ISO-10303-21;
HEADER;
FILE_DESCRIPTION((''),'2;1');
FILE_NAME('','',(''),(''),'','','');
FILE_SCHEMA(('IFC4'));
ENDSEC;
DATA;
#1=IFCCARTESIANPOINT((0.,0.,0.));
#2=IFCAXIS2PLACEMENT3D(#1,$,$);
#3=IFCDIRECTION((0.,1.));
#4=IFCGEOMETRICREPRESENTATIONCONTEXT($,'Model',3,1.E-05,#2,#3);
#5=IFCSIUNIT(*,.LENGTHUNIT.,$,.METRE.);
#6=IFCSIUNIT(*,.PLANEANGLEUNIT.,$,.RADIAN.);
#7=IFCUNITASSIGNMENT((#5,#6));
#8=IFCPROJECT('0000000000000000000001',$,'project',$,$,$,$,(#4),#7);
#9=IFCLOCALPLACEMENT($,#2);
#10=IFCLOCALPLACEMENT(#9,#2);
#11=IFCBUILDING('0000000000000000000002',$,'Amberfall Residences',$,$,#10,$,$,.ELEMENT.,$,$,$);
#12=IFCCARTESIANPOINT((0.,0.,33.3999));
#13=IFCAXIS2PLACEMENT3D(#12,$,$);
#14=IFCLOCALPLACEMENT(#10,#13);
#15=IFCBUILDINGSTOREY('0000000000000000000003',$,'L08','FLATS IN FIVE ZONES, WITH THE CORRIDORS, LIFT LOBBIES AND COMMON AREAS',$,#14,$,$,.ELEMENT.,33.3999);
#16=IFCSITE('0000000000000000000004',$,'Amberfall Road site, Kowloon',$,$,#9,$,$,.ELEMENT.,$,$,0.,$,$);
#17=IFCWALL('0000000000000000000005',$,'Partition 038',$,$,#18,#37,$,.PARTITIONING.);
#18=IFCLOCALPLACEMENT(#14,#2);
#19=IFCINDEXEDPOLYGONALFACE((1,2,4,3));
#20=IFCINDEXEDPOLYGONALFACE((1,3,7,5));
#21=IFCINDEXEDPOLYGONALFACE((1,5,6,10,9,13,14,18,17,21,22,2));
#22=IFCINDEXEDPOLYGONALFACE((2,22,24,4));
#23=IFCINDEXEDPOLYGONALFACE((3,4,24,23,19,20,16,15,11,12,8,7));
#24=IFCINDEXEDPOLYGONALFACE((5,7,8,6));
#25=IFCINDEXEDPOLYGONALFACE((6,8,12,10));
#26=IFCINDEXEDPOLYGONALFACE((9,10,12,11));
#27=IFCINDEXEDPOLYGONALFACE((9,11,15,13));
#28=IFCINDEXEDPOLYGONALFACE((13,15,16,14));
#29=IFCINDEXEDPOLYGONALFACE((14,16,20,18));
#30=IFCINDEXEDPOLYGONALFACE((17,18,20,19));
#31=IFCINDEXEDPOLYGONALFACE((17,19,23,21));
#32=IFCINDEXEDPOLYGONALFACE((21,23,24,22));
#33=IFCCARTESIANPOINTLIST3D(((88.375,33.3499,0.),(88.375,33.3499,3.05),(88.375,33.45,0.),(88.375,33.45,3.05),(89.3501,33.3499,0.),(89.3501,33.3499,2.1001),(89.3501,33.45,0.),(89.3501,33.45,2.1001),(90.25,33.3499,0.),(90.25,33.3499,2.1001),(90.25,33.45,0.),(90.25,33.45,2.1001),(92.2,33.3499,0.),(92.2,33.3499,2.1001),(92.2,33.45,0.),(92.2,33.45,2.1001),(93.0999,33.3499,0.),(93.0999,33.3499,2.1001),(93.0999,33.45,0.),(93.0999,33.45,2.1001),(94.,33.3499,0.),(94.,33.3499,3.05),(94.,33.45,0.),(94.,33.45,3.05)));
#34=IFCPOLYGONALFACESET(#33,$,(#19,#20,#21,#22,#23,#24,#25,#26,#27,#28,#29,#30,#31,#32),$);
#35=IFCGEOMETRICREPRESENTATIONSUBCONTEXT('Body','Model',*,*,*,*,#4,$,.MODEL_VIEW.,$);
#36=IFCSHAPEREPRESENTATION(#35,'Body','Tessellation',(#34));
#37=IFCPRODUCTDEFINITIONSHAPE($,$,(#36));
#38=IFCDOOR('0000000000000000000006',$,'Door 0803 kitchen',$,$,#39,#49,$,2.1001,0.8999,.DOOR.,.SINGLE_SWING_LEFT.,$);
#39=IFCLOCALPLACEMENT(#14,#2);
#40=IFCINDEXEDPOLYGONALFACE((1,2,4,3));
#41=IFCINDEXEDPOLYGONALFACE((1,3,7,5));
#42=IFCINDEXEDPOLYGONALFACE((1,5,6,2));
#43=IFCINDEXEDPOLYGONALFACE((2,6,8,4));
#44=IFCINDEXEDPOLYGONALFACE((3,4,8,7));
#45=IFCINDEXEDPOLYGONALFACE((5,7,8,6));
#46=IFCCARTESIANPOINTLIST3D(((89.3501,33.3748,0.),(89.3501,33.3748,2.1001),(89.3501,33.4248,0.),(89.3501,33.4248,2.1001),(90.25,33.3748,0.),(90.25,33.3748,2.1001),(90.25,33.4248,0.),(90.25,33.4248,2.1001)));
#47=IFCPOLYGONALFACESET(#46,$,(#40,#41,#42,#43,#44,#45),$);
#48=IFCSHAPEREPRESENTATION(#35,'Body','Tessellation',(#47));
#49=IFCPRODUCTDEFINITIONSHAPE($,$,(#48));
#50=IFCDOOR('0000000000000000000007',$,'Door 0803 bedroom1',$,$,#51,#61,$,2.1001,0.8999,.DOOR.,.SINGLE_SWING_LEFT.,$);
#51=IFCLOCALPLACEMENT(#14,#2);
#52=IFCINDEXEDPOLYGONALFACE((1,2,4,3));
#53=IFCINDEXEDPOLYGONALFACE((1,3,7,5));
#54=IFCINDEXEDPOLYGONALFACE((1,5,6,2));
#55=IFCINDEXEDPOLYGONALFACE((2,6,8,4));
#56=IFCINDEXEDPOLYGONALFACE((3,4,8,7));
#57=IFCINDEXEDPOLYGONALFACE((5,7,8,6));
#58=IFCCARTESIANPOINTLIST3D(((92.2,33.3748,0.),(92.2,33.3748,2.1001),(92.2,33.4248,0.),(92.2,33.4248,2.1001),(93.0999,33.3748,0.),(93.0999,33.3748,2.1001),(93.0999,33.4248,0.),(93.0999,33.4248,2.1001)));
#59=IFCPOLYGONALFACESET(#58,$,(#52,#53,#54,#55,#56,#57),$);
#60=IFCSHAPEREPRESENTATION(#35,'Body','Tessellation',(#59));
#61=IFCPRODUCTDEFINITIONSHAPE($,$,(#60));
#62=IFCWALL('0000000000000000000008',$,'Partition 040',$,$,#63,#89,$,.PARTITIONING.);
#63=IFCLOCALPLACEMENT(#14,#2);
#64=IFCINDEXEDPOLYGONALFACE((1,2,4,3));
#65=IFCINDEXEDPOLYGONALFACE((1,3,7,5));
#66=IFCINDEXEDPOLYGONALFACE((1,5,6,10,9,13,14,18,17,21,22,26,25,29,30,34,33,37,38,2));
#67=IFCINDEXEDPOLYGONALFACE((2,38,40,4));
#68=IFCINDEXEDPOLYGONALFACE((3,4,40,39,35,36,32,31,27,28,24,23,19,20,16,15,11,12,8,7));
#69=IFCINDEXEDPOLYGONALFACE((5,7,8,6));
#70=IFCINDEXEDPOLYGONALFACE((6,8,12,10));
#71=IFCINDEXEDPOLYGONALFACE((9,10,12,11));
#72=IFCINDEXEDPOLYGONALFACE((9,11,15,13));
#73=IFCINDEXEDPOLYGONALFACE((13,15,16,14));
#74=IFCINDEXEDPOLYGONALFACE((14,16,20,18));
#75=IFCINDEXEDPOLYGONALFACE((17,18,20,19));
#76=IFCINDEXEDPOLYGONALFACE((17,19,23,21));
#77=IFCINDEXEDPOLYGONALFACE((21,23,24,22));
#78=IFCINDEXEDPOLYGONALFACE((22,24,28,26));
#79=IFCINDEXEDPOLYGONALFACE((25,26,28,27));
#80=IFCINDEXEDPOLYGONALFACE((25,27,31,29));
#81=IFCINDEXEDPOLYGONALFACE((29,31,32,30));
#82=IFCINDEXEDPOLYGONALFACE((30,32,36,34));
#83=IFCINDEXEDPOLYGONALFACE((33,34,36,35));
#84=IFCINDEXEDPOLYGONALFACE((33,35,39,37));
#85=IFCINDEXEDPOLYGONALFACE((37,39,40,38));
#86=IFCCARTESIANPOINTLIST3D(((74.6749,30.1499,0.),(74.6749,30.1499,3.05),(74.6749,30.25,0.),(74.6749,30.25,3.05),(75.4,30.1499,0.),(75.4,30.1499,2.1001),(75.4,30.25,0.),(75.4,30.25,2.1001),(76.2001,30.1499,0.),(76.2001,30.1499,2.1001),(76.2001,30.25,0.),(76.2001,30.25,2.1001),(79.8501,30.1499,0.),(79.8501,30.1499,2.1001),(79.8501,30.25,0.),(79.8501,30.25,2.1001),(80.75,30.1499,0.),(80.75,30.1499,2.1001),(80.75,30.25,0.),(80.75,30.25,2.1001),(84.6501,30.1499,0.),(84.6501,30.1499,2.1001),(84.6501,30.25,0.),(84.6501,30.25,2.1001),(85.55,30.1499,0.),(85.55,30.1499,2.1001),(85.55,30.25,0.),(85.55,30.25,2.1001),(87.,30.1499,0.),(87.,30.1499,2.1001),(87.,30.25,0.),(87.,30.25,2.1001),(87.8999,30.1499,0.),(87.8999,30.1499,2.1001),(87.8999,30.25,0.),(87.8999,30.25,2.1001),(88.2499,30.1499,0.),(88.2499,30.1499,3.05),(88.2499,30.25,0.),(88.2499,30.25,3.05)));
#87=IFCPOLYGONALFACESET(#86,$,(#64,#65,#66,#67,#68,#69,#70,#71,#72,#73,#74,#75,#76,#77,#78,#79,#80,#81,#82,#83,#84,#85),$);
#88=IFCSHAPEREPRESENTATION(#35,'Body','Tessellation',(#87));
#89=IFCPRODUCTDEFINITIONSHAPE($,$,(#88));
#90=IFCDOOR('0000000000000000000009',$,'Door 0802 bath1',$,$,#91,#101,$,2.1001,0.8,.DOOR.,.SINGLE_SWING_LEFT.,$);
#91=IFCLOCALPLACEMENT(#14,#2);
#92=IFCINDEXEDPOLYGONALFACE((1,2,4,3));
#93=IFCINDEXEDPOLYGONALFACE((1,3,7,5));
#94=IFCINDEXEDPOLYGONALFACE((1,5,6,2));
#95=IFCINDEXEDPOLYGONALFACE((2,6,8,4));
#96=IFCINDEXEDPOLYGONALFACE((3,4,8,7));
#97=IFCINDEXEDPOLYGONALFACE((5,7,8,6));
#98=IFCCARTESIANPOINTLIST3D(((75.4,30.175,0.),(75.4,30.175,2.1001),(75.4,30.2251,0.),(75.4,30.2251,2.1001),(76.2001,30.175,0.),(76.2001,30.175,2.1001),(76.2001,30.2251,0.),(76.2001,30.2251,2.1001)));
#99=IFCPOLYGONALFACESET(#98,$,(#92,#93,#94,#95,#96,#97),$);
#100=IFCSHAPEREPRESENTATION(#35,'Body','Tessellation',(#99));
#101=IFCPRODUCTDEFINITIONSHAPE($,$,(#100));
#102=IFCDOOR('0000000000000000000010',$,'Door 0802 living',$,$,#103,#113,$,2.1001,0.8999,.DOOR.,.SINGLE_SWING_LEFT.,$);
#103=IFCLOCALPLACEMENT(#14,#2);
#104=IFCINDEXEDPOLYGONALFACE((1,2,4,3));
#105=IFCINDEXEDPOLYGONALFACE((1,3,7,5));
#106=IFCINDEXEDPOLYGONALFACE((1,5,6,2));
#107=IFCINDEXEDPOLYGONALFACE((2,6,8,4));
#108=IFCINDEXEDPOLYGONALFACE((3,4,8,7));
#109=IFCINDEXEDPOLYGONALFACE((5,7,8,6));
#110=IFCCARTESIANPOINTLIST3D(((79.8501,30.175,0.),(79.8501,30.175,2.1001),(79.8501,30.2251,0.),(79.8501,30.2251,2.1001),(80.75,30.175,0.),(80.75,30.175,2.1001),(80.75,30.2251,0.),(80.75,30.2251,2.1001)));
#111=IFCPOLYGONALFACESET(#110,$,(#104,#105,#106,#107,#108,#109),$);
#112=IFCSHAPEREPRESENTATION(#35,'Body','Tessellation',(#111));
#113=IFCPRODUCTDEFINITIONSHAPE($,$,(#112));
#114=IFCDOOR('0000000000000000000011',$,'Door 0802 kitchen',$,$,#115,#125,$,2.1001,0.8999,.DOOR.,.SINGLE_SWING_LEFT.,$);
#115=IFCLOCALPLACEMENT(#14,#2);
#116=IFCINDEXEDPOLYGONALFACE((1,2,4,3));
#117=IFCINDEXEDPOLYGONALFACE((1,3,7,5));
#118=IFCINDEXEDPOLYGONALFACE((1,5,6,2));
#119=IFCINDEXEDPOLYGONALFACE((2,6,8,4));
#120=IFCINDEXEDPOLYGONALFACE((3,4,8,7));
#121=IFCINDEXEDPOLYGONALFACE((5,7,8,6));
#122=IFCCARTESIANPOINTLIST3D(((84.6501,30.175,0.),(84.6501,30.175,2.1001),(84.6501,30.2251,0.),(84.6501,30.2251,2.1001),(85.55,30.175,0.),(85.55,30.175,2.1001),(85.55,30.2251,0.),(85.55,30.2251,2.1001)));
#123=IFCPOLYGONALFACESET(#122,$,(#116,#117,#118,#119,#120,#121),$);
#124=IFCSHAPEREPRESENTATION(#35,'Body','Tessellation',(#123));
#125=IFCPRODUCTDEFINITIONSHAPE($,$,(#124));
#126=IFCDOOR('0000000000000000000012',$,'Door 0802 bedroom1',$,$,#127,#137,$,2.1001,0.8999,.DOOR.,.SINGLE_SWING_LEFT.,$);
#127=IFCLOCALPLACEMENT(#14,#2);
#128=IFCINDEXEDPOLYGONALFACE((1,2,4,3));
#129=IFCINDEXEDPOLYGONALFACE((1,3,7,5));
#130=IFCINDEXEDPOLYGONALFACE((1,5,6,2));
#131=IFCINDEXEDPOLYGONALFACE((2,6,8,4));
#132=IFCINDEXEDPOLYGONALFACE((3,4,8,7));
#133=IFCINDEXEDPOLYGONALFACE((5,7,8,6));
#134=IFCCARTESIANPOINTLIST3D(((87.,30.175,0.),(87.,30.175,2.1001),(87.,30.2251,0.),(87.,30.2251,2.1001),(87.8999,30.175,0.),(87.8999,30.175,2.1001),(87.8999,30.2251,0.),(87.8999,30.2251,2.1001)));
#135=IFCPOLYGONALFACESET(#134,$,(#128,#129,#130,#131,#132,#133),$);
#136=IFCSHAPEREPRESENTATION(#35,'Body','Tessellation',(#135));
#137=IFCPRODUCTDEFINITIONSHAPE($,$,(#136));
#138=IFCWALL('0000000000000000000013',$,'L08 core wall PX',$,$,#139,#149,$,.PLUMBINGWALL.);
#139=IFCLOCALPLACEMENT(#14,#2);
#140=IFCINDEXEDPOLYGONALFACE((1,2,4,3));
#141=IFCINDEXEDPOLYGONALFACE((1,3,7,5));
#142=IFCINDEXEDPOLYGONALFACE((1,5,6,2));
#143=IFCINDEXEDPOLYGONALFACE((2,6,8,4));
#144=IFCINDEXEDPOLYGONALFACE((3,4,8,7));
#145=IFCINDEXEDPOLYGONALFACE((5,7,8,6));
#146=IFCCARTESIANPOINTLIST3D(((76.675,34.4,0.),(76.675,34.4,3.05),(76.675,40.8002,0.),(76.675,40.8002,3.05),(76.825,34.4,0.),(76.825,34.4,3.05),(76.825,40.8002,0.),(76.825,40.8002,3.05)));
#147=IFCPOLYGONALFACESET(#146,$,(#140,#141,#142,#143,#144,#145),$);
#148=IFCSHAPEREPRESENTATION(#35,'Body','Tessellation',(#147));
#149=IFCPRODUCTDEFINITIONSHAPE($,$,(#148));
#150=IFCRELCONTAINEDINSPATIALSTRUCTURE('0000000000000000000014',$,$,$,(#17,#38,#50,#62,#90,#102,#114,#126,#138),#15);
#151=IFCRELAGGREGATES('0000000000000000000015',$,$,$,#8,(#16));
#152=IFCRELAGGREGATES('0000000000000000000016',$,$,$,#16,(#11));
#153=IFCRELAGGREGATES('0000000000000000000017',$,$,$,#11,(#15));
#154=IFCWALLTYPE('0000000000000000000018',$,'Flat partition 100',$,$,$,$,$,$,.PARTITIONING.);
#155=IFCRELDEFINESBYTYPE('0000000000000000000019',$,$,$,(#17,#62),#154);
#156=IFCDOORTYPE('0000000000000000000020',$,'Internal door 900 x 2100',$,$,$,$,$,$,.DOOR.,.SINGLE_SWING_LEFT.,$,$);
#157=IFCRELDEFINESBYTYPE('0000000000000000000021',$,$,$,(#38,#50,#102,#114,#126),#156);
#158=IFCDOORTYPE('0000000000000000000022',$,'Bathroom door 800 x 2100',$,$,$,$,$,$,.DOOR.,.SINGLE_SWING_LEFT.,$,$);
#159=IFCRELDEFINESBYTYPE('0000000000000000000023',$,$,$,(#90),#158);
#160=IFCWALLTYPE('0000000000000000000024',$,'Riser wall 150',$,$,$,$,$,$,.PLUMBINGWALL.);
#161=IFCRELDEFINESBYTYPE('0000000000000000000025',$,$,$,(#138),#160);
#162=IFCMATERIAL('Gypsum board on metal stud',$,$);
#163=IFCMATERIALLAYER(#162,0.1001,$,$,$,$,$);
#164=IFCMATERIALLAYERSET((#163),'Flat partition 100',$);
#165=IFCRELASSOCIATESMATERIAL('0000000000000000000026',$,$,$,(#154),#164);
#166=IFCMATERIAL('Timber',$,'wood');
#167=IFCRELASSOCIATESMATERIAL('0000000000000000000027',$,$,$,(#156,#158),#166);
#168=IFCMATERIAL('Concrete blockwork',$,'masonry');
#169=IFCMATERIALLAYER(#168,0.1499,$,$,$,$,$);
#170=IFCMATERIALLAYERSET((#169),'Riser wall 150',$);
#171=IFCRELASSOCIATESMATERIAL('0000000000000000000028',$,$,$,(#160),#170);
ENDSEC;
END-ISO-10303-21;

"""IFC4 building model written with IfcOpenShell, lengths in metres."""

from ifc_helpers import new_model, si_unit, direction, frame, frame_2d, origin, place, context, subcontext, project, spatial, rectangle, extrude, material, layer, layer_set, type_object, element, fill, save


model = new_model("IFC4")

# Units and contexts
model_context = context("Model", 3, precision=1e-05, world=origin(), true_north=direction((0.0, 1.0)))
body_context = subcontext(model_context, "Body", "Model", "MODEL_VIEW")
ifc_project = project(units=[si_unit("LENGTHUNIT", "METRE"), si_unit("PLANEANGLEUNIT", "RADIAN")], contexts=[model_context])

# Site, building, storey
site_placement = place(None, origin())
site = spatial("IfcSite", under=ifc_project, at=site_placement, Name="Amberfall Road site, Kowloon", CompositionType="ELEMENT", RefElevation=0.0)
building_placement = place(site_placement, origin())
building = spatial("IfcBuilding", under=site, at=building_placement, Name="Amberfall Residences", CompositionType="ELEMENT")
storey_placement = place(building_placement, frame((0.0, 0.0, 33.3999)))
storey = spatial("IfcBuildingStorey", under=building, at=storey_placement, Name="L08", Description="FLATS IN FIVE ZONES, WITH THE CORRIDORS, LIFT LOBBIES AND COMMON AREAS", CompositionType="ELEMENT", Elevation=33.3999)

# Shared definitions
ifc_material_1 = material(Name="Gypsum board on metal stud")
ifc_layer_1 = layer(ifc_material_1, 0.1001)
ifc_layer_set_1 = layer_set([ifc_layer_1], Name="Flat partition 100")
wall_type_1 = type_object("IfcWallType", Name="Flat partition 100", PredefinedType="PARTITIONING", material=ifc_layer_set_1)

# Walls, openings, doors
wall_1_placement = place(storey_placement, frame((88.375, 33.3999, 0.0), z_axis=(0.0, 0.0, 1.0), x_axis=(1.0, 0.0, 0.0)))
wall_1 = element("IfcWall", 1, at=wall_1_placement, inside=storey, type_object=wall_type_1, Name="Partition 038", PredefinedType="PARTITIONING", context=body_context, shape_type="SweptSolid", body=[
    extrude(rectangle(XDim=5.625, YDim=0.1001, at=frame_2d((2.8125, 0.0))), origin(), (0.0, 0.0, 1.0), 3.05),
])
opening_1_placement = place(wall_1_placement, frame((0.9751, 0.0, 0.0)))
opening_1 = element("IfcOpeningElement", 2, at=opening_1_placement, cuts=wall_1, PredefinedType="OPENING", context=body_context, shape_type="SweptSolid", body=[
    extrude(rectangle(XDim=0.8999, YDim=2.1001, at=frame_2d((0.45, 1.05))), frame((0.0, 0.0601, 0.0), z_axis=(0.0, -1.0, 0.0), x_axis=(1.0, 0.0, 0.0)), (0.0, 0.0, 1.0), 0.1201),
])
opening_2_placement = place(wall_1_placement, frame((3.825, 0.0, 0.0)))
opening_2 = element("IfcOpeningElement", 3, at=opening_2_placement, cuts=wall_1, PredefinedType="OPENING", context=body_context, shape_type="SweptSolid", body=[
    extrude(rectangle(XDim=0.8999, YDim=2.1001, at=frame_2d((0.45, 1.05))), frame((0.0, 0.0601, 0.0), z_axis=(0.0, -1.0, 0.0), x_axis=(1.0, 0.0, 0.0)), (0.0, 0.0, 1.0), 0.1201),
])
ifc_material_2 = material(Name="Timber", Category="wood")
door_type_1 = type_object("IfcDoorType", Name="Internal door 900 x 2100", OperationType="SINGLE_SWING_LEFT", PredefinedType="DOOR", material=ifc_material_2)
door_1_placement = place(opening_1_placement, origin())
door_1 = element("IfcDoor", 4, at=door_1_placement, inside=storey, type_object=door_type_1, Name="Door 0803 kitchen", OperationType="SINGLE_SWING_LEFT", OverallHeight=2.1001, OverallWidth=0.8999, PredefinedType="DOOR", context=body_context, shape_type="SweptSolid", body=[
    extrude(rectangle(XDim=0.8999, YDim=2.1001, at=frame_2d((0.45, 1.05))), frame((0.0, 0.0249, 0.0), z_axis=(0.0, -1.0, 0.0), x_axis=(1.0, 0.0, 0.0)), (0.0, 0.0, 1.0), 0.05),
])
fill(opening_1, door_1)
door_2_placement = place(opening_2_placement, origin())
door_2 = element("IfcDoor", 5, at=door_2_placement, inside=storey, type_object=door_type_1, Name="Door 0803 bedroom1", OperationType="SINGLE_SWING_LEFT", OverallHeight=2.1001, OverallWidth=0.8999, PredefinedType="DOOR", context=body_context, shape_type="SweptSolid", body=[
    extrude(rectangle(XDim=0.8999, YDim=2.1001, at=frame_2d((0.45, 1.05))), frame((0.0, 0.0249, 0.0), z_axis=(0.0, -1.0, 0.0), x_axis=(1.0, 0.0, 0.0)), (0.0, 0.0, 1.0), 0.05),
])
fill(opening_2, door_2)
wall_2_placement = place(storey_placement, frame((88.25, 30.2, 0.0), z_axis=(0.0, 0.0, 1.0), x_axis=(-1.0, 0.0, 0.0)))
wall_2 = element("IfcWall", 6, at=wall_2_placement, inside=storey, type_object=wall_type_1, Name="Partition 040", PredefinedType="PARTITIONING", context=body_context, shape_type="SweptSolid", body=[
    extrude(rectangle(XDim=13.575, YDim=0.1001, at=frame_2d((6.7876, 0.0))), origin(), (0.0, 0.0, 1.0), 3.05),
])
opening_3_placement = place(wall_2_placement, frame((7.5, 0.0, 0.0)))
opening_3 = element("IfcOpeningElement", 7, at=opening_3_placement, cuts=wall_2, PredefinedType="OPENING", context=body_context, shape_type="SweptSolid", body=[
    extrude(rectangle(XDim=0.8999, YDim=2.1001, at=frame_2d((0.45, 1.05))), frame((0.0, 0.0601, 0.0), z_axis=(0.0, -1.0, 0.0), x_axis=(1.0, 0.0, 0.0)), (0.0, 0.0, 1.0), 0.1201),
])
opening_4_placement = place(wall_2_placement, frame((2.7, 0.0, 0.0)))
opening_4 = element("IfcOpeningElement", 8, at=opening_4_placement, cuts=wall_2, PredefinedType="OPENING", context=body_context, shape_type="SweptSolid", body=[
    extrude(rectangle(XDim=0.8999, YDim=2.1001, at=frame_2d((0.45, 1.05))), frame((0.0, 0.0601, 0.0), z_axis=(0.0, -1.0, 0.0), x_axis=(1.0, 0.0, 0.0)), (0.0, 0.0, 1.0), 0.1201),
])
opening_5_placement = place(wall_2_placement, frame((0.3501, 0.0, 0.0)))
opening_5 = element("IfcOpeningElement", 9, at=opening_5_placement, cuts=wall_2, PredefinedType="OPENING", context=body_context, shape_type="SweptSolid", body=[
    extrude(rectangle(XDim=0.8999, YDim=2.1001, at=frame_2d((0.45, 1.05))), frame((0.0, 0.0601, 0.0), z_axis=(0.0, -1.0, 0.0), x_axis=(1.0, 0.0, 0.0)), (0.0, 0.0, 1.0), 0.1201),
])
opening_6_placement = place(wall_2_placement, frame((12.05, 0.0, 0.0)))
opening_6 = element("IfcOpeningElement", 10, at=opening_6_placement, cuts=wall_2, PredefinedType="OPENING", context=body_context, shape_type="SweptSolid", body=[
    extrude(rectangle(XDim=0.8, YDim=2.1001, at=frame_2d((0.3999, 1.05))), frame((0.0, 0.0601, 0.0), z_axis=(0.0, -1.0, 0.0), x_axis=(1.0, 0.0, 0.0)), (0.0, 0.0, 1.0), 0.1201),
])
door_type_2 = type_object("IfcDoorType", Name="Bathroom door 800 x 2100", OperationType="SINGLE_SWING_LEFT", PredefinedType="DOOR", material=ifc_material_2)
door_3_placement = place(opening_6_placement, origin())
door_3 = element("IfcDoor", 11, at=door_3_placement, inside=storey, type_object=door_type_2, Name="Door 0802 bath1", OperationType="SINGLE_SWING_LEFT", OverallHeight=2.1001, OverallWidth=0.8, PredefinedType="DOOR", context=body_context, shape_type="SweptSolid", body=[
    extrude(rectangle(XDim=0.8, YDim=2.1001, at=frame_2d((0.3999, 1.05))), frame((0.0, 0.0249, 0.0), z_axis=(0.0, -1.0, 0.0), x_axis=(1.0, 0.0, 0.0)), (0.0, 0.0, 1.0), 0.05),
])
fill(opening_6, door_3)
door_4_placement = place(opening_3_placement, origin())
door_4 = element("IfcDoor", 12, at=door_4_placement, inside=storey, type_object=door_type_1, Name="Door 0802 living", OperationType="SINGLE_SWING_LEFT", OverallHeight=2.1001, OverallWidth=0.8999, PredefinedType="DOOR", context=body_context, shape_type="SweptSolid", body=[
    extrude(rectangle(XDim=0.8999, YDim=2.1001, at=frame_2d((0.45, 1.05))), frame((0.0, 0.0249, 0.0), z_axis=(0.0, -1.0, 0.0), x_axis=(1.0, 0.0, 0.0)), (0.0, 0.0, 1.0), 0.05),
])
fill(opening_3, door_4)
door_5_placement = place(opening_4_placement, origin())
door_5 = element("IfcDoor", 13, at=door_5_placement, inside=storey, type_object=door_type_1, Name="Door 0802 kitchen", OperationType="SINGLE_SWING_LEFT", OverallHeight=2.1001, OverallWidth=0.8999, PredefinedType="DOOR", context=body_context, shape_type="SweptSolid", body=[
    extrude(rectangle(XDim=0.8999, YDim=2.1001, at=frame_2d((0.45, 1.05))), frame((0.0, 0.0249, 0.0), z_axis=(0.0, -1.0, 0.0), x_axis=(1.0, 0.0, 0.0)), (0.0, 0.0, 1.0), 0.05),
])
fill(opening_4, door_5)
door_6_placement = place(opening_5_placement, origin())
door_6 = element("IfcDoor", 14, at=door_6_placement, inside=storey, type_object=door_type_1, Name="Door 0802 bedroom1", OperationType="SINGLE_SWING_LEFT", OverallHeight=2.1001, OverallWidth=0.8999, PredefinedType="DOOR", context=body_context, shape_type="SweptSolid", body=[
    extrude(rectangle(XDim=0.8999, YDim=2.1001, at=frame_2d((0.45, 1.05))), frame((0.0, 0.0249, 0.0), z_axis=(0.0, -1.0, 0.0), x_axis=(1.0, 0.0, 0.0)), (0.0, 0.0, 1.0), 0.05),
])
fill(opening_5, door_6)

# Wall
ifc_material_3 = material(Name="Concrete blockwork", Category="masonry")
ifc_layer_2 = layer(ifc_material_3, 0.1499)
ifc_layer_set_2 = layer_set([ifc_layer_2], Name="Riser wall 150")
wall_type_2 = type_object("IfcWallType", Name="Riser wall 150", PredefinedType="PLUMBINGWALL", material=ifc_layer_set_2)
wall_3_placement = place(storey_placement, frame((76.75, 34.3999, 0.0), z_axis=(0.0, 0.0, 1.0), x_axis=(0.0, 1.0, 0.0)))
element("IfcWall", 15, at=wall_3_placement, inside=storey, type_object=wall_type_2, Name="L08 core wall PX", PredefinedType="PLUMBINGWALL", context=body_context, shape_type="SweptSolid", body=[
    extrude(rectangle(XDim=6.4001, YDim=0.1499, at=frame_2d((3.2002, 0.0))), origin(), (0.0, 0.0, 1.0), 3.05),
])

save(model, "model.ifc")
